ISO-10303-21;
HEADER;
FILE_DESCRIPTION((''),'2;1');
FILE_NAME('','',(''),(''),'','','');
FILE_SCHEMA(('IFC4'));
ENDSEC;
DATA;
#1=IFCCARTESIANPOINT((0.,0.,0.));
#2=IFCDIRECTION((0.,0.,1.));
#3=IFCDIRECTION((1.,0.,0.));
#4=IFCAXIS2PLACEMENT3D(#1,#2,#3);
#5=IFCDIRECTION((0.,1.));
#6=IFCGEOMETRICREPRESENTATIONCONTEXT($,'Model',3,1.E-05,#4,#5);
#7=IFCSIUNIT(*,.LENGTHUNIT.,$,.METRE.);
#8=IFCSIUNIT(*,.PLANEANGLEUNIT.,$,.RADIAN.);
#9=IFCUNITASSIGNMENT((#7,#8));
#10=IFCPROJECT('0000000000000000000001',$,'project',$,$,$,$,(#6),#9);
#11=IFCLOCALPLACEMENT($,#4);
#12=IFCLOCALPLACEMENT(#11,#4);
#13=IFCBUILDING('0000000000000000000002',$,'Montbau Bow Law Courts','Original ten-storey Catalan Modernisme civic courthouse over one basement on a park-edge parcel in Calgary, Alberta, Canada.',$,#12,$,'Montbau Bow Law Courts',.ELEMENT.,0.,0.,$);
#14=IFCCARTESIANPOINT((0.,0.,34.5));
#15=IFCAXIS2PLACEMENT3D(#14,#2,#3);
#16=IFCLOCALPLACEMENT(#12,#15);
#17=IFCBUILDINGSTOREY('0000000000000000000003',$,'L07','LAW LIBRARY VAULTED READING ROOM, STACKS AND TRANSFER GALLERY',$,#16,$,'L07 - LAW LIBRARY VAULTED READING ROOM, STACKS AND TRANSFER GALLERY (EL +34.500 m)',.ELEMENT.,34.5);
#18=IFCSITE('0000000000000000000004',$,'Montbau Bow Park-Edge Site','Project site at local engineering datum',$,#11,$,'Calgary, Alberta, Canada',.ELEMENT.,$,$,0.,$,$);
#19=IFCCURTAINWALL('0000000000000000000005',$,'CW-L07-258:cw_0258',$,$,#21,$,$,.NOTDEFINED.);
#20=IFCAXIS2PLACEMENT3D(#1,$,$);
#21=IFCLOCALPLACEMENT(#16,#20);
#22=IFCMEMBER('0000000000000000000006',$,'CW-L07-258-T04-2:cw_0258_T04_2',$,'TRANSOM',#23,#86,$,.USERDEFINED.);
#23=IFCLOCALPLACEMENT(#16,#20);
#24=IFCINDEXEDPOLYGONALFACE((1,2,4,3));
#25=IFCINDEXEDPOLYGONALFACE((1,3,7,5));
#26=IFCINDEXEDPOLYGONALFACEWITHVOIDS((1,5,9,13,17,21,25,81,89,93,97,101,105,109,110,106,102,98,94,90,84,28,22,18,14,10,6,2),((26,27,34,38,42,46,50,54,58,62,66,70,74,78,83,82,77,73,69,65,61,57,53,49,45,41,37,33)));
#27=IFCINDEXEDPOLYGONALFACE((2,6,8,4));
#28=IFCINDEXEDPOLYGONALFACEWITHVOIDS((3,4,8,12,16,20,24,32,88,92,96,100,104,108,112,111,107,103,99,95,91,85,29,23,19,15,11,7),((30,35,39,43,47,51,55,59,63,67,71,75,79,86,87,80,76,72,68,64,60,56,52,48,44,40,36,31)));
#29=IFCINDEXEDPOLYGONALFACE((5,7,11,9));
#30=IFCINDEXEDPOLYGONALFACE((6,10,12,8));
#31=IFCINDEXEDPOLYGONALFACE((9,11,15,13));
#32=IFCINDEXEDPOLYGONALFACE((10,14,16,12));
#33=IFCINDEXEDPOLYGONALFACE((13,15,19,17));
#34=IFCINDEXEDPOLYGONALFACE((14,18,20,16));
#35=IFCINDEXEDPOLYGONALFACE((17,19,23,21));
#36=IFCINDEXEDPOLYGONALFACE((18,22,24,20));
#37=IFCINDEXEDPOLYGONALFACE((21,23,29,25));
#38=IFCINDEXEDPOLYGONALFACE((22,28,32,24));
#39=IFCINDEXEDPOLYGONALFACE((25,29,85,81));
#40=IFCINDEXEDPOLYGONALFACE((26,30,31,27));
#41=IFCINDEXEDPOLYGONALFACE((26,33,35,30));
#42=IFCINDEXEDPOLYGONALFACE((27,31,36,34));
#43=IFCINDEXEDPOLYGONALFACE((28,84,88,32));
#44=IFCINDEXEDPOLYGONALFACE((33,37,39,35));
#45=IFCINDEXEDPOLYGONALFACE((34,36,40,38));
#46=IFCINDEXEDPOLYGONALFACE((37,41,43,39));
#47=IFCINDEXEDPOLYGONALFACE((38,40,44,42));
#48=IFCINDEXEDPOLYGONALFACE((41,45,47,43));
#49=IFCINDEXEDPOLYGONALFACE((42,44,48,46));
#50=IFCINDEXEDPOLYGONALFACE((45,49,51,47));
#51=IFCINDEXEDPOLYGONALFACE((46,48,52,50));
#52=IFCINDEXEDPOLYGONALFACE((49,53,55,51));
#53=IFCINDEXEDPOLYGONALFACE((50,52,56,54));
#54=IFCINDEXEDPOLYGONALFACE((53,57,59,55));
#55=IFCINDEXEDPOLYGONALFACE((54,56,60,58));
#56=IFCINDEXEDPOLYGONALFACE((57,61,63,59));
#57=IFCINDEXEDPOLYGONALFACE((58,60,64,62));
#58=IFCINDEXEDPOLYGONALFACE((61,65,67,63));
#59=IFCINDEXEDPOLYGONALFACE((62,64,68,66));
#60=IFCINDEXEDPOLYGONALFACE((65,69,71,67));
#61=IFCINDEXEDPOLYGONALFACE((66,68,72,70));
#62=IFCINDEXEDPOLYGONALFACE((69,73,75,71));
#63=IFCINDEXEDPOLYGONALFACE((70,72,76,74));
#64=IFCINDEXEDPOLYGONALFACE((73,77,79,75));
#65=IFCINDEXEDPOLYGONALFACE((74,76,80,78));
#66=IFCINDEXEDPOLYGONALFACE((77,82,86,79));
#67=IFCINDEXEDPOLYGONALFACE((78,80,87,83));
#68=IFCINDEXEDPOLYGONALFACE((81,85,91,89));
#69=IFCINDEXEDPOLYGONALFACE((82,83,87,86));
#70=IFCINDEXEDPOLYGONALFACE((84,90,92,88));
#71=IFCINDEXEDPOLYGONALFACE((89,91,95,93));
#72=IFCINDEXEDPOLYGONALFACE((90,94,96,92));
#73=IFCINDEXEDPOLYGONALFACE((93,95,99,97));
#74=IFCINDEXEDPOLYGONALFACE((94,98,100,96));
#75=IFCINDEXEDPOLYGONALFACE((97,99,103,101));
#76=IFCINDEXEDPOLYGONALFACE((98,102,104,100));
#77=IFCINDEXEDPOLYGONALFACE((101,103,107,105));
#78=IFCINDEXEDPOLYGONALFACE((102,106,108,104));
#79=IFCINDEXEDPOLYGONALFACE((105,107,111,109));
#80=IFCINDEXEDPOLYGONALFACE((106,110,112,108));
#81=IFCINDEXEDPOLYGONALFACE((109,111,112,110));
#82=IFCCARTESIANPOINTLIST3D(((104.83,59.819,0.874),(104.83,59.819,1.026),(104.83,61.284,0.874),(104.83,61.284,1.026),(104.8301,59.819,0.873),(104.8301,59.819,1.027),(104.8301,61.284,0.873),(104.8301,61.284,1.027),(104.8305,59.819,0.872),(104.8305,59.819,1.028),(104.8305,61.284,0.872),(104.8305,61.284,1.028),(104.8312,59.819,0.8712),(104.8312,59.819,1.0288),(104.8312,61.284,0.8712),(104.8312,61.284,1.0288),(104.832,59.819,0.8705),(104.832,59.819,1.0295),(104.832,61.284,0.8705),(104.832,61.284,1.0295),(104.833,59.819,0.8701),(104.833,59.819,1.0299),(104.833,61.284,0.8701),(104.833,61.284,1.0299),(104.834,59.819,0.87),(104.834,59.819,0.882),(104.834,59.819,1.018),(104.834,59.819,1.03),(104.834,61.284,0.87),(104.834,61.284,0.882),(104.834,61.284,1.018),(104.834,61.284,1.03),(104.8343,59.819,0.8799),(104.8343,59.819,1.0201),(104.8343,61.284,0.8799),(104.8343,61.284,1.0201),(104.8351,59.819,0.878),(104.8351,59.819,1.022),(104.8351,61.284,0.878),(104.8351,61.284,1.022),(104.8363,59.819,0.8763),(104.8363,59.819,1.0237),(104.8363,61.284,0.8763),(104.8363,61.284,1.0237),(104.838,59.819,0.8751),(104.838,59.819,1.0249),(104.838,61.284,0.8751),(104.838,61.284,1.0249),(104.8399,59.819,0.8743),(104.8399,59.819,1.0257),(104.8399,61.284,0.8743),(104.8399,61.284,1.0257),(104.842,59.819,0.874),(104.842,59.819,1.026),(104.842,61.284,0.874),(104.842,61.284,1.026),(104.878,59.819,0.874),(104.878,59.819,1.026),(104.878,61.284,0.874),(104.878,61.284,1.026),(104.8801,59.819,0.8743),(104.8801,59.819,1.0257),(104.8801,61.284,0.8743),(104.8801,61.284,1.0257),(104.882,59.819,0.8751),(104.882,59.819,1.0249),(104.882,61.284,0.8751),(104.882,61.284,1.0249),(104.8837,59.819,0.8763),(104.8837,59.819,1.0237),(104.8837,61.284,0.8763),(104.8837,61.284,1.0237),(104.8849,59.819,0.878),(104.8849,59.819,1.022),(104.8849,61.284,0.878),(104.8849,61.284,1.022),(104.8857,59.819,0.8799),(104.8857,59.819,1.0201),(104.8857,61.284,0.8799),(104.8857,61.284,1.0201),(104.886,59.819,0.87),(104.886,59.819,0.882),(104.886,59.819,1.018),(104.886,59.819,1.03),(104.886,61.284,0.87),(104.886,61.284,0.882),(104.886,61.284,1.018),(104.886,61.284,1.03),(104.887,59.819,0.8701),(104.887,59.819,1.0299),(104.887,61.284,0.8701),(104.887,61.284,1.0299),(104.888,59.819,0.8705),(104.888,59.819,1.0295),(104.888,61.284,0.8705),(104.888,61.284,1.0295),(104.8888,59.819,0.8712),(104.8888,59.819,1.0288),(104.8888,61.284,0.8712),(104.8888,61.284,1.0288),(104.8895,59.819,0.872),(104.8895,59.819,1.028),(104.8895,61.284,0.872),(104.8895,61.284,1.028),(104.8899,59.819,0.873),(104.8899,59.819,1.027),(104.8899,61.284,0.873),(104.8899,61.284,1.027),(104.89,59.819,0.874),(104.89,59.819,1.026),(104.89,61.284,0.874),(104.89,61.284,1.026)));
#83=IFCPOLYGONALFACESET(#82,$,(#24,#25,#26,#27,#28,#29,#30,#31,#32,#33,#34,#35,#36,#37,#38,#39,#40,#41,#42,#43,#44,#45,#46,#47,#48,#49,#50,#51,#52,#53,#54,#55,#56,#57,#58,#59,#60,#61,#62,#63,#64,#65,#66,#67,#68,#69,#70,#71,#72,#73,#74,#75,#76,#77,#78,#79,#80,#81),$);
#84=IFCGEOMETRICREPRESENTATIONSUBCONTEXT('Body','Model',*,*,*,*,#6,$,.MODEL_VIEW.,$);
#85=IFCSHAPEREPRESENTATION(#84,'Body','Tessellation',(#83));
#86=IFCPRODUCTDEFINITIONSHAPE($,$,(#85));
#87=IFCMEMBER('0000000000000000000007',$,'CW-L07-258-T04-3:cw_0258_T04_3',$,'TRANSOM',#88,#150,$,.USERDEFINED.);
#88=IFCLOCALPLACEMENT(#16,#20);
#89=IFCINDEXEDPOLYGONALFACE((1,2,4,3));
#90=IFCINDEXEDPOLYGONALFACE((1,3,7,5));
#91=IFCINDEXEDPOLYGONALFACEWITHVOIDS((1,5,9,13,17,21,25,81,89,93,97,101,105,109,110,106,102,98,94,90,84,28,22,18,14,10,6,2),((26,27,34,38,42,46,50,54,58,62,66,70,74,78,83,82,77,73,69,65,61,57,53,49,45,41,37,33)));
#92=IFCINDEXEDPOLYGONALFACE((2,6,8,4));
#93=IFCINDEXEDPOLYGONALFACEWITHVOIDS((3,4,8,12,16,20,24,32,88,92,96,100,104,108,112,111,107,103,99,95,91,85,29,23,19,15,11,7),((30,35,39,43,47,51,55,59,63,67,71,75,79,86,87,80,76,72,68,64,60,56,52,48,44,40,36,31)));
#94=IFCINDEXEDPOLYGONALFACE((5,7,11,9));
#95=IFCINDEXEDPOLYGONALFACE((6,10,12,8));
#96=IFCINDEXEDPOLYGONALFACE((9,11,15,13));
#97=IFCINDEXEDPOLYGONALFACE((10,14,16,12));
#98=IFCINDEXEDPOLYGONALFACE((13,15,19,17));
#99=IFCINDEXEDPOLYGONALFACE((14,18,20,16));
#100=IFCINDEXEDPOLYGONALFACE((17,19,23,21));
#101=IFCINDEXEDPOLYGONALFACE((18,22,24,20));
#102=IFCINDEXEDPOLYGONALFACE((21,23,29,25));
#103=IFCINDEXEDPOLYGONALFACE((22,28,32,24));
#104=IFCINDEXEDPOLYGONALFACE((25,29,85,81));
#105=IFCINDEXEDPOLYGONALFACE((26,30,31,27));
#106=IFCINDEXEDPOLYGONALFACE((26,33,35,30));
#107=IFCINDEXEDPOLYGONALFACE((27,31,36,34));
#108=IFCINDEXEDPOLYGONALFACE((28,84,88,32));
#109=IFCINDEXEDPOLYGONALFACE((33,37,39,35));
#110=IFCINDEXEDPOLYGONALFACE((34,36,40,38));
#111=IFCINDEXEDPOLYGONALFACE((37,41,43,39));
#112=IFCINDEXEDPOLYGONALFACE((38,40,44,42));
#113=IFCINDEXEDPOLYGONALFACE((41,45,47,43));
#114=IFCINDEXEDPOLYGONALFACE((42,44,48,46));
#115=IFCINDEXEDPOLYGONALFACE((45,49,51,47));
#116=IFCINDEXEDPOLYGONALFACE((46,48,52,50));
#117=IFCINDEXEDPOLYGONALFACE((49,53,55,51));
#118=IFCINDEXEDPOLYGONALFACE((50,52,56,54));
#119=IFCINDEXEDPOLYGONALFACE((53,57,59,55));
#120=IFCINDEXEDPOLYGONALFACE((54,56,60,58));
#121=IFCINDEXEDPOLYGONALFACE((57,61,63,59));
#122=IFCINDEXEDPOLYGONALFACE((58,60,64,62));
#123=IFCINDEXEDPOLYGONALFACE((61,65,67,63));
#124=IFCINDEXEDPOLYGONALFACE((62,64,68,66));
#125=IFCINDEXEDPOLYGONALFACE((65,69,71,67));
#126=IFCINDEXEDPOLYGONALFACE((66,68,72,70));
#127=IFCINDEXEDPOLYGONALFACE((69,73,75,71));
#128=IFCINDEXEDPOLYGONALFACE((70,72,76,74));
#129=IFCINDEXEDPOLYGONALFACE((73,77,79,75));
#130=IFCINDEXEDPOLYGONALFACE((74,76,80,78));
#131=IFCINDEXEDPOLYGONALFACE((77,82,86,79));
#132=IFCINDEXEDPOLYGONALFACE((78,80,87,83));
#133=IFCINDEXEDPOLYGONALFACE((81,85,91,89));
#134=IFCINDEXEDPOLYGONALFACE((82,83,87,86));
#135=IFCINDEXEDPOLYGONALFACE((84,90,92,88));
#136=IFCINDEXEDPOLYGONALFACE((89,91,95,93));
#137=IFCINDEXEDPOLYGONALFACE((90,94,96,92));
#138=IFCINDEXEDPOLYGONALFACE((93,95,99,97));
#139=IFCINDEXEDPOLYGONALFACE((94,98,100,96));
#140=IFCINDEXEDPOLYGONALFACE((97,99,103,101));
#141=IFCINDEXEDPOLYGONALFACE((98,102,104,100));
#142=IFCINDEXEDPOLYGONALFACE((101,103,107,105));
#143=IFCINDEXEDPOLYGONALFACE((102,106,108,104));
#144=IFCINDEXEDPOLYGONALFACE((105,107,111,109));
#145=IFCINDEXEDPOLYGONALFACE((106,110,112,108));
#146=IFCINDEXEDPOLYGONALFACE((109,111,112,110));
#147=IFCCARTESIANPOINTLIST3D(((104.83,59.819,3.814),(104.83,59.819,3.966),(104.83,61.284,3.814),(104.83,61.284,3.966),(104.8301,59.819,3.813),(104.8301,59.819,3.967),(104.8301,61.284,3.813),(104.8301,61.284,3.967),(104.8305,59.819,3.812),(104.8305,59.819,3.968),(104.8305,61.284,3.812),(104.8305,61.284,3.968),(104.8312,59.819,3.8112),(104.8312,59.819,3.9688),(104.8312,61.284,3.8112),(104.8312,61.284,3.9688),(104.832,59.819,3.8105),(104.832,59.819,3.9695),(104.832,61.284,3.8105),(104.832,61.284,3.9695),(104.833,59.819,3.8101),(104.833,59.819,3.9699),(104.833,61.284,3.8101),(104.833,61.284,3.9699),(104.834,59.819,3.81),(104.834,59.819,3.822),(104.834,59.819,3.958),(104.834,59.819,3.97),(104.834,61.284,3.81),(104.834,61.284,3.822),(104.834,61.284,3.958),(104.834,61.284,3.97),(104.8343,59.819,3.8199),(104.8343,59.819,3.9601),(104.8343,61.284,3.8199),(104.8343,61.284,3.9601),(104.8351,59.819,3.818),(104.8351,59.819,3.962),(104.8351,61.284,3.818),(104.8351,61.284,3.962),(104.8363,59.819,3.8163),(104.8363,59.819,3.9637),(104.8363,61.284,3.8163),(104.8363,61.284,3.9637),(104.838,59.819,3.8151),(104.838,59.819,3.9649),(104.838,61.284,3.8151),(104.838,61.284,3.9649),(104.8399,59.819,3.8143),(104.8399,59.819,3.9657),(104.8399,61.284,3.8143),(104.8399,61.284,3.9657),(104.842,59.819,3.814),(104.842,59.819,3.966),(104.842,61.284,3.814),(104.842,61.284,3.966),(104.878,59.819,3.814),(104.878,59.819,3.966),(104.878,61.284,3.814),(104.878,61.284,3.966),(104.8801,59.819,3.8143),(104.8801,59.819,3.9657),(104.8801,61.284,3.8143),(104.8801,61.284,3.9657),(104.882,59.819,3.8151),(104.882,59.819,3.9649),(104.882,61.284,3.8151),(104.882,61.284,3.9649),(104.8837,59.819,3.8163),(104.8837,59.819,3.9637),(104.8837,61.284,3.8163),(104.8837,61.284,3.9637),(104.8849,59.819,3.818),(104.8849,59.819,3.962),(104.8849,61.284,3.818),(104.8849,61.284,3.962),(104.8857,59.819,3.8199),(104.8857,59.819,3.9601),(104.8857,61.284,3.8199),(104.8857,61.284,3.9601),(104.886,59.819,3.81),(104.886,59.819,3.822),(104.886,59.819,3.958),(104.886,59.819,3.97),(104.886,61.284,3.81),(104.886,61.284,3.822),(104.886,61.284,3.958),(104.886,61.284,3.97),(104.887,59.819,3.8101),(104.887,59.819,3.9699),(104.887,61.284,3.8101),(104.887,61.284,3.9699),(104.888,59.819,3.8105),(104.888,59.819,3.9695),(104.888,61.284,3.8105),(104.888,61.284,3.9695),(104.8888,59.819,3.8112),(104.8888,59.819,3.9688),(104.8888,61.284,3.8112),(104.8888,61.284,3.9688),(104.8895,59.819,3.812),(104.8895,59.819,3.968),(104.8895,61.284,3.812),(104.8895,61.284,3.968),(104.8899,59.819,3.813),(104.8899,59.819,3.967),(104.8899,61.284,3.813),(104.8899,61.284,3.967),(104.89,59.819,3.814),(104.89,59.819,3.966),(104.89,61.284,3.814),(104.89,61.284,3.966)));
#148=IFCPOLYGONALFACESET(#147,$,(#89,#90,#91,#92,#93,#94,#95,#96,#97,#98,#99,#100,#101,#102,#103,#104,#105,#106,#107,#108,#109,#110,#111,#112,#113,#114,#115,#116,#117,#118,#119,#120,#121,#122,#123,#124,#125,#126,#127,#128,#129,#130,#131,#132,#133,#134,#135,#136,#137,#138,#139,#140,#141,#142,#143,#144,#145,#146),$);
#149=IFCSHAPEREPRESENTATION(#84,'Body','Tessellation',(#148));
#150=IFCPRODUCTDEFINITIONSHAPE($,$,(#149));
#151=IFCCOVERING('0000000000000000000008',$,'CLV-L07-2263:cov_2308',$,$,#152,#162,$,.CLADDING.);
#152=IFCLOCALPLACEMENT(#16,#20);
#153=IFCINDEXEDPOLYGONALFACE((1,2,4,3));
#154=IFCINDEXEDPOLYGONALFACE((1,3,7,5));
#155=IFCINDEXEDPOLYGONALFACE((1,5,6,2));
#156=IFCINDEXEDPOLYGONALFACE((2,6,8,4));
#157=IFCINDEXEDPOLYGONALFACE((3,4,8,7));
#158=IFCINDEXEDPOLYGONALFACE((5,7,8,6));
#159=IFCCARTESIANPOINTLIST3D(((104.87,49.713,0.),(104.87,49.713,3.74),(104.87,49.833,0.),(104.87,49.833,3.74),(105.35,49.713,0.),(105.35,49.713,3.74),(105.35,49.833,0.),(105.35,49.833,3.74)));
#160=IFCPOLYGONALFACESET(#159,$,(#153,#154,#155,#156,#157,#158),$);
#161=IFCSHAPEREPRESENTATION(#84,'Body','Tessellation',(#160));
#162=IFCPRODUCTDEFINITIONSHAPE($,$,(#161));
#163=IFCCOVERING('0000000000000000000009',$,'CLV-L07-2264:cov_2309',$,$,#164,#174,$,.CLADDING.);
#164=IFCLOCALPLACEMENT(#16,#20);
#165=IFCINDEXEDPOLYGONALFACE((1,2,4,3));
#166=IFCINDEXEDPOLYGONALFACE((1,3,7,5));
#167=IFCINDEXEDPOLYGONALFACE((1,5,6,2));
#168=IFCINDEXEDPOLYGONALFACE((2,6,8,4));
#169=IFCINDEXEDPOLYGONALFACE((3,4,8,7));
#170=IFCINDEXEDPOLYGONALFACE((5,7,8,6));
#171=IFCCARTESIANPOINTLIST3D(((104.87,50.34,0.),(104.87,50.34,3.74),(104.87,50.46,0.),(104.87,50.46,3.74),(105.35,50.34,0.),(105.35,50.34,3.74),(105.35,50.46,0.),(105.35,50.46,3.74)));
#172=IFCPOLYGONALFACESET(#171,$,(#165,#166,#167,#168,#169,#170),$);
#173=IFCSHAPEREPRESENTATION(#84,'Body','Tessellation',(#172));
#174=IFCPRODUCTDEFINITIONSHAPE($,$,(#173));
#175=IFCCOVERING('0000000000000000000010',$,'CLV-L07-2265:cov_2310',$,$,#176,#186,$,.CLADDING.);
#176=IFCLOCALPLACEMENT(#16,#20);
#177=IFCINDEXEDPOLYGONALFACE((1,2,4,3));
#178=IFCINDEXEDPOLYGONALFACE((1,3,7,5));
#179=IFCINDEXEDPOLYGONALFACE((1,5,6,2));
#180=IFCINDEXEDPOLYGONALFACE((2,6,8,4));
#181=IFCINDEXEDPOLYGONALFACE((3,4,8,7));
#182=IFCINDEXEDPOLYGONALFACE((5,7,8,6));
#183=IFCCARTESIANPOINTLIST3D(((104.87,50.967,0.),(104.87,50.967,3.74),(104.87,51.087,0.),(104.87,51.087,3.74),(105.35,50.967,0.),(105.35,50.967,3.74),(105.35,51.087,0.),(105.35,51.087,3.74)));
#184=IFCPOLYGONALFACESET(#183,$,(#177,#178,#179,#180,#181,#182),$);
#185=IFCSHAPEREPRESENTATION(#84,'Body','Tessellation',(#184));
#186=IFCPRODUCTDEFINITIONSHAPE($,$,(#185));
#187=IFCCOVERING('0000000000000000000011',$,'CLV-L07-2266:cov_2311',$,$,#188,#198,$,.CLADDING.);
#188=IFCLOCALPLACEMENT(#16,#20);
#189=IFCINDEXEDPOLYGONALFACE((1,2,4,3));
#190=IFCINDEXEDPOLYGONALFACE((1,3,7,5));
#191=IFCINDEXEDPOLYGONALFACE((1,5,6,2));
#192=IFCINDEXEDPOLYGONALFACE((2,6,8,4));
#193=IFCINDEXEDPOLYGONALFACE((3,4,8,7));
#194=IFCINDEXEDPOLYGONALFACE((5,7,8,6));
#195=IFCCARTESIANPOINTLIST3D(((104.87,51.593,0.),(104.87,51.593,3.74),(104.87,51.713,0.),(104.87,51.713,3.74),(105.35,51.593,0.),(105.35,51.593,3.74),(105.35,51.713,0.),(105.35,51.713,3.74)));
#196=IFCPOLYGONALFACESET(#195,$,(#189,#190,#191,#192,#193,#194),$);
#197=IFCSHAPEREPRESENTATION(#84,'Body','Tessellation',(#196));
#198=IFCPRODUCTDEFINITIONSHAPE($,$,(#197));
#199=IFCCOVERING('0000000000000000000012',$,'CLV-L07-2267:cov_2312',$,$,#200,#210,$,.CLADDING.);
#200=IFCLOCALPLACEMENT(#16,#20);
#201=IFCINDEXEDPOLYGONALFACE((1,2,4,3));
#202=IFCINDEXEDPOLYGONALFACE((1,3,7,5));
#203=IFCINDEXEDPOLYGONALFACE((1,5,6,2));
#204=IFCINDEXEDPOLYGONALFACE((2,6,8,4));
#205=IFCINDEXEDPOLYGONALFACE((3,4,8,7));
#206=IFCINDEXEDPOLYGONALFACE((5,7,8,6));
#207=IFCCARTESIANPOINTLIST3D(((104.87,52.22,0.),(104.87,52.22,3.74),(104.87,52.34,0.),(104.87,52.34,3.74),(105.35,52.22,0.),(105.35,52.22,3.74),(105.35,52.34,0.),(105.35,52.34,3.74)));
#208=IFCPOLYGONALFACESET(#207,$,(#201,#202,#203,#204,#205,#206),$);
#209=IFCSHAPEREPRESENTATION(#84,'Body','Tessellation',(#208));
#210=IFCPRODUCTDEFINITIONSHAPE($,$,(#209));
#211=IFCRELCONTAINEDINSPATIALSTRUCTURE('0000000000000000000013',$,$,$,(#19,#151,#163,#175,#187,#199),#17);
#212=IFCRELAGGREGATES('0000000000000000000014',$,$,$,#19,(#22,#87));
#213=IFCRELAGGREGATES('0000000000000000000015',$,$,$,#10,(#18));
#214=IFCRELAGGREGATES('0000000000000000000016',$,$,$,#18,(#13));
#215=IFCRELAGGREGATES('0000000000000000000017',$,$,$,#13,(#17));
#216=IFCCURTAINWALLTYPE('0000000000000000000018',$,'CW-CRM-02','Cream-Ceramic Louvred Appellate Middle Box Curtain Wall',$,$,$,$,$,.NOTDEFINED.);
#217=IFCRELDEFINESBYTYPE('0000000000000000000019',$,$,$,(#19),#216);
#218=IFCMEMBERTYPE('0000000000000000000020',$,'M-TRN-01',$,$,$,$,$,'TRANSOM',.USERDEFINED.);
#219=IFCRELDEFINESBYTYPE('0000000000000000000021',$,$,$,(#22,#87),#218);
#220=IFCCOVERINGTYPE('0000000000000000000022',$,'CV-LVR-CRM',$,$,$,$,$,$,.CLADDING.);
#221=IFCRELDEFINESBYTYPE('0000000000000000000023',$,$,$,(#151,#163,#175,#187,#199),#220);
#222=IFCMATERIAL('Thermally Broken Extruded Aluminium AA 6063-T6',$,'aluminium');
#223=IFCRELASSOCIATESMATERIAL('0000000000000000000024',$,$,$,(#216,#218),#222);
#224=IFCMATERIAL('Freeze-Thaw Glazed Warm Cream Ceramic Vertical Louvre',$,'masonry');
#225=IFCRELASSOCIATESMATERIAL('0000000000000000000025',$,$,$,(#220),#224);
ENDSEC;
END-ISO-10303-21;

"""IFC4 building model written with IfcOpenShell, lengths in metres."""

from ifc_helpers import new_model, si_unit, direction, frame, frame_2d, origin_with_axes, origin_2d_with_axis, place, context, subcontext, project, spatial, rectangle, hollow_rectangle, extrude, material, material_profile, profile_set, type_object, element, aggregate, save


model = new_model("IFC4")

# Units and contexts
model_context = context("Model", 3, precision=1e-05, world=origin_with_axes(), true_north=direction((0.0, 1.0)))
body_context = subcontext(model_context, "Body", "Model", "MODEL_VIEW")
ifc_project = project(units=[si_unit("LENGTHUNIT", "METRE"), si_unit("PLANEANGLEUNIT", "RADIAN")], contexts=[model_context])

# Site, building, storey
site_placement = place(None, origin_with_axes())
site = spatial("IfcSite", under=ifc_project, at=site_placement, Name="Montbau Bow Park-Edge Site", Description="Project site at local engineering datum", LongName="Calgary, Alberta, Canada", CompositionType="ELEMENT", RefElevation=0.0)
building_placement = place(site_placement, origin_with_axes())
building = spatial("IfcBuilding", under=site, at=building_placement, Name="Montbau Bow Law Courts", Description="Original ten-storey Catalan Modernisme civic courthouse over one basement on a park-edge parcel in Calgary, Alberta, Canada.", LongName="Montbau Bow Law Courts", CompositionType="ELEMENT", ElevationOfRefHeight=0.0, ElevationOfTerrain=0.0)
storey_placement = place(building_placement, frame((0.0, 0.0, 34.5), z_axis=(0.0, 0.0, 1.0), x_axis=(1.0, 0.0, 0.0)))
storey = spatial("IfcBuildingStorey", under=building, at=storey_placement, Name="L07", Description="LAW LIBRARY VAULTED READING ROOM, STACKS AND TRANSFER GALLERY", LongName="L07 - LAW LIBRARY VAULTED READING ROOM, STACKS AND TRANSFER GALLERY (EL +34.500 m)", CompositionType="ELEMENT", Elevation=34.5)

# Curtain wall, members
ifc_material_1 = material(Name="Thermally Broken Extruded Aluminium AA 6063-T6", Category="aluminium")
curtain_wall_type = type_object("IfcCurtainWallType", Name="CW-CRM-02", Description="Cream-Ceramic Louvred Appellate Middle Box Curtain Wall", PredefinedType="NOTDEFINED", material=ifc_material_1)
curtain_wall_placement = place(None, frame((104.86, 55.04, 34.5), z_axis=(0.0, 0.0, 1.0), x_axis=(1.0, 0.0, 0.0)))
curtain_wall = element("IfcCurtainWall", 1, at=curtain_wall_placement, inside=storey, type_object=curtain_wall_type, Name="CW-L07-258:cw_0258", PredefinedType="NOTDEFINED")
ifc_material_profile_1 = material_profile(ifc_material_1, hollow_rectangle(XDim=0.06, YDim=0.16, WallThickness=0.004, InnerFilletRadius=0.008, OuterFilletRadius=0.004, at=origin_2d_with_axis()), Name="CWT-160X60", Category="Main", Priority=0)
ifc_profile_set_1 = profile_set([ifc_material_profile_1], Name="Thermally Broken Extruded Aluminium AA 6063-T6")
member_type_1 = type_object("IfcMemberType", Name="M-TRN-01", ElementType="TRANSOM", PredefinedType="USERDEFINED", material=ifc_profile_set_1)
member_1_placement = place(None, frame((104.86, 59.819, 35.45), z_axis=(0.0, 1.0, 0.0), x_axis=(-1.0, 0.0, 0.0)))
member_1 = element("IfcMember", 2, at=member_1_placement, type_object=member_type_1, Name="CW-L07-258-T04-2:cw_0258_T04_2", ObjectType="TRANSOM", PredefinedType="USERDEFINED", context=body_context, shape_type="SweptSolid", body=[
    extrude(hollow_rectangle(XDim=0.06, YDim=0.16, WallThickness=0.004, InnerFilletRadius=0.008, OuterFilletRadius=0.004, at=origin_2d_with_axis()), origin_with_axes(), (0.0, 0.0, 1.0), 1.465),
])
member_2_placement = place(None, frame((104.86, 59.819, 38.39), z_axis=(0.0, 1.0, 0.0), x_axis=(-1.0, 0.0, 0.0)))
member_2 = element("IfcMember", 3, at=member_2_placement, type_object=member_type_1, Name="CW-L07-258-T04-3:cw_0258_T04_3", ObjectType="TRANSOM", PredefinedType="USERDEFINED", context=body_context, shape_type="SweptSolid", body=[
    extrude(hollow_rectangle(XDim=0.06, YDim=0.16, WallThickness=0.004, InnerFilletRadius=0.008, OuterFilletRadius=0.004, at=origin_2d_with_axis()), origin_with_axes(), (0.0, 0.0, 1.0), 1.465),
])
aggregate(curtain_wall, [member_1, member_2])

# Coverings
ifc_material_2 = material(Name="Freeze-Thaw Glazed Warm Cream Ceramic Vertical Louvre", Category="masonry")
covering_type = type_object("IfcCoveringType", Name="CV-LVR-CRM", PredefinedType="CLADDING", material=ifc_material_2)
for number, where, z_axis, x_axis, name in (
    (4, (104.87, 49.773, 34.5), (0.0, -1.0, 0.0), (1.0, 0.0, 0.0), "CLV-L07-2263:cov_2308"),
    (5, (104.87, 50.4, 34.5), (0.0, -1.0, 0.0), (1.0, 0.0, 0.0), "CLV-L07-2264:cov_2309"),
    (6, (104.87, 51.027, 34.5), (0.0, -1.0, 0.0), (1.0, 0.0, 0.0), "CLV-L07-2265:cov_2310"),
    (7, (104.87, 51.653, 34.5), (0.0, -1.0, 0.0), (1.0, 0.0, 0.0), "CLV-L07-2266:cov_2311"),
    (8, (104.87, 52.28, 34.5), (0.0, -1.0, 0.0), (1.0, 0.0, 0.0), "CLV-L07-2267:cov_2312"),
):
    element("IfcCovering", number, at=place(None, frame(where, z_axis=z_axis, x_axis=x_axis)), inside=storey, type_object=covering_type, Name=name, PredefinedType="CLADDING", context=body_context, shape_type="SweptSolid", body=[
        extrude(rectangle(XDim=0.48, YDim=3.74, at=frame_2d((0.24, 1.87), x_axis=(1.0, 0.0))), frame((0.0, 0.0, -0.06), z_axis=(0.0, 0.0, 1.0), x_axis=(1.0, 0.0, 0.0)), (0.0, 0.0, 1.0), 0.12),
    ])

save(model, "model.ifc")
